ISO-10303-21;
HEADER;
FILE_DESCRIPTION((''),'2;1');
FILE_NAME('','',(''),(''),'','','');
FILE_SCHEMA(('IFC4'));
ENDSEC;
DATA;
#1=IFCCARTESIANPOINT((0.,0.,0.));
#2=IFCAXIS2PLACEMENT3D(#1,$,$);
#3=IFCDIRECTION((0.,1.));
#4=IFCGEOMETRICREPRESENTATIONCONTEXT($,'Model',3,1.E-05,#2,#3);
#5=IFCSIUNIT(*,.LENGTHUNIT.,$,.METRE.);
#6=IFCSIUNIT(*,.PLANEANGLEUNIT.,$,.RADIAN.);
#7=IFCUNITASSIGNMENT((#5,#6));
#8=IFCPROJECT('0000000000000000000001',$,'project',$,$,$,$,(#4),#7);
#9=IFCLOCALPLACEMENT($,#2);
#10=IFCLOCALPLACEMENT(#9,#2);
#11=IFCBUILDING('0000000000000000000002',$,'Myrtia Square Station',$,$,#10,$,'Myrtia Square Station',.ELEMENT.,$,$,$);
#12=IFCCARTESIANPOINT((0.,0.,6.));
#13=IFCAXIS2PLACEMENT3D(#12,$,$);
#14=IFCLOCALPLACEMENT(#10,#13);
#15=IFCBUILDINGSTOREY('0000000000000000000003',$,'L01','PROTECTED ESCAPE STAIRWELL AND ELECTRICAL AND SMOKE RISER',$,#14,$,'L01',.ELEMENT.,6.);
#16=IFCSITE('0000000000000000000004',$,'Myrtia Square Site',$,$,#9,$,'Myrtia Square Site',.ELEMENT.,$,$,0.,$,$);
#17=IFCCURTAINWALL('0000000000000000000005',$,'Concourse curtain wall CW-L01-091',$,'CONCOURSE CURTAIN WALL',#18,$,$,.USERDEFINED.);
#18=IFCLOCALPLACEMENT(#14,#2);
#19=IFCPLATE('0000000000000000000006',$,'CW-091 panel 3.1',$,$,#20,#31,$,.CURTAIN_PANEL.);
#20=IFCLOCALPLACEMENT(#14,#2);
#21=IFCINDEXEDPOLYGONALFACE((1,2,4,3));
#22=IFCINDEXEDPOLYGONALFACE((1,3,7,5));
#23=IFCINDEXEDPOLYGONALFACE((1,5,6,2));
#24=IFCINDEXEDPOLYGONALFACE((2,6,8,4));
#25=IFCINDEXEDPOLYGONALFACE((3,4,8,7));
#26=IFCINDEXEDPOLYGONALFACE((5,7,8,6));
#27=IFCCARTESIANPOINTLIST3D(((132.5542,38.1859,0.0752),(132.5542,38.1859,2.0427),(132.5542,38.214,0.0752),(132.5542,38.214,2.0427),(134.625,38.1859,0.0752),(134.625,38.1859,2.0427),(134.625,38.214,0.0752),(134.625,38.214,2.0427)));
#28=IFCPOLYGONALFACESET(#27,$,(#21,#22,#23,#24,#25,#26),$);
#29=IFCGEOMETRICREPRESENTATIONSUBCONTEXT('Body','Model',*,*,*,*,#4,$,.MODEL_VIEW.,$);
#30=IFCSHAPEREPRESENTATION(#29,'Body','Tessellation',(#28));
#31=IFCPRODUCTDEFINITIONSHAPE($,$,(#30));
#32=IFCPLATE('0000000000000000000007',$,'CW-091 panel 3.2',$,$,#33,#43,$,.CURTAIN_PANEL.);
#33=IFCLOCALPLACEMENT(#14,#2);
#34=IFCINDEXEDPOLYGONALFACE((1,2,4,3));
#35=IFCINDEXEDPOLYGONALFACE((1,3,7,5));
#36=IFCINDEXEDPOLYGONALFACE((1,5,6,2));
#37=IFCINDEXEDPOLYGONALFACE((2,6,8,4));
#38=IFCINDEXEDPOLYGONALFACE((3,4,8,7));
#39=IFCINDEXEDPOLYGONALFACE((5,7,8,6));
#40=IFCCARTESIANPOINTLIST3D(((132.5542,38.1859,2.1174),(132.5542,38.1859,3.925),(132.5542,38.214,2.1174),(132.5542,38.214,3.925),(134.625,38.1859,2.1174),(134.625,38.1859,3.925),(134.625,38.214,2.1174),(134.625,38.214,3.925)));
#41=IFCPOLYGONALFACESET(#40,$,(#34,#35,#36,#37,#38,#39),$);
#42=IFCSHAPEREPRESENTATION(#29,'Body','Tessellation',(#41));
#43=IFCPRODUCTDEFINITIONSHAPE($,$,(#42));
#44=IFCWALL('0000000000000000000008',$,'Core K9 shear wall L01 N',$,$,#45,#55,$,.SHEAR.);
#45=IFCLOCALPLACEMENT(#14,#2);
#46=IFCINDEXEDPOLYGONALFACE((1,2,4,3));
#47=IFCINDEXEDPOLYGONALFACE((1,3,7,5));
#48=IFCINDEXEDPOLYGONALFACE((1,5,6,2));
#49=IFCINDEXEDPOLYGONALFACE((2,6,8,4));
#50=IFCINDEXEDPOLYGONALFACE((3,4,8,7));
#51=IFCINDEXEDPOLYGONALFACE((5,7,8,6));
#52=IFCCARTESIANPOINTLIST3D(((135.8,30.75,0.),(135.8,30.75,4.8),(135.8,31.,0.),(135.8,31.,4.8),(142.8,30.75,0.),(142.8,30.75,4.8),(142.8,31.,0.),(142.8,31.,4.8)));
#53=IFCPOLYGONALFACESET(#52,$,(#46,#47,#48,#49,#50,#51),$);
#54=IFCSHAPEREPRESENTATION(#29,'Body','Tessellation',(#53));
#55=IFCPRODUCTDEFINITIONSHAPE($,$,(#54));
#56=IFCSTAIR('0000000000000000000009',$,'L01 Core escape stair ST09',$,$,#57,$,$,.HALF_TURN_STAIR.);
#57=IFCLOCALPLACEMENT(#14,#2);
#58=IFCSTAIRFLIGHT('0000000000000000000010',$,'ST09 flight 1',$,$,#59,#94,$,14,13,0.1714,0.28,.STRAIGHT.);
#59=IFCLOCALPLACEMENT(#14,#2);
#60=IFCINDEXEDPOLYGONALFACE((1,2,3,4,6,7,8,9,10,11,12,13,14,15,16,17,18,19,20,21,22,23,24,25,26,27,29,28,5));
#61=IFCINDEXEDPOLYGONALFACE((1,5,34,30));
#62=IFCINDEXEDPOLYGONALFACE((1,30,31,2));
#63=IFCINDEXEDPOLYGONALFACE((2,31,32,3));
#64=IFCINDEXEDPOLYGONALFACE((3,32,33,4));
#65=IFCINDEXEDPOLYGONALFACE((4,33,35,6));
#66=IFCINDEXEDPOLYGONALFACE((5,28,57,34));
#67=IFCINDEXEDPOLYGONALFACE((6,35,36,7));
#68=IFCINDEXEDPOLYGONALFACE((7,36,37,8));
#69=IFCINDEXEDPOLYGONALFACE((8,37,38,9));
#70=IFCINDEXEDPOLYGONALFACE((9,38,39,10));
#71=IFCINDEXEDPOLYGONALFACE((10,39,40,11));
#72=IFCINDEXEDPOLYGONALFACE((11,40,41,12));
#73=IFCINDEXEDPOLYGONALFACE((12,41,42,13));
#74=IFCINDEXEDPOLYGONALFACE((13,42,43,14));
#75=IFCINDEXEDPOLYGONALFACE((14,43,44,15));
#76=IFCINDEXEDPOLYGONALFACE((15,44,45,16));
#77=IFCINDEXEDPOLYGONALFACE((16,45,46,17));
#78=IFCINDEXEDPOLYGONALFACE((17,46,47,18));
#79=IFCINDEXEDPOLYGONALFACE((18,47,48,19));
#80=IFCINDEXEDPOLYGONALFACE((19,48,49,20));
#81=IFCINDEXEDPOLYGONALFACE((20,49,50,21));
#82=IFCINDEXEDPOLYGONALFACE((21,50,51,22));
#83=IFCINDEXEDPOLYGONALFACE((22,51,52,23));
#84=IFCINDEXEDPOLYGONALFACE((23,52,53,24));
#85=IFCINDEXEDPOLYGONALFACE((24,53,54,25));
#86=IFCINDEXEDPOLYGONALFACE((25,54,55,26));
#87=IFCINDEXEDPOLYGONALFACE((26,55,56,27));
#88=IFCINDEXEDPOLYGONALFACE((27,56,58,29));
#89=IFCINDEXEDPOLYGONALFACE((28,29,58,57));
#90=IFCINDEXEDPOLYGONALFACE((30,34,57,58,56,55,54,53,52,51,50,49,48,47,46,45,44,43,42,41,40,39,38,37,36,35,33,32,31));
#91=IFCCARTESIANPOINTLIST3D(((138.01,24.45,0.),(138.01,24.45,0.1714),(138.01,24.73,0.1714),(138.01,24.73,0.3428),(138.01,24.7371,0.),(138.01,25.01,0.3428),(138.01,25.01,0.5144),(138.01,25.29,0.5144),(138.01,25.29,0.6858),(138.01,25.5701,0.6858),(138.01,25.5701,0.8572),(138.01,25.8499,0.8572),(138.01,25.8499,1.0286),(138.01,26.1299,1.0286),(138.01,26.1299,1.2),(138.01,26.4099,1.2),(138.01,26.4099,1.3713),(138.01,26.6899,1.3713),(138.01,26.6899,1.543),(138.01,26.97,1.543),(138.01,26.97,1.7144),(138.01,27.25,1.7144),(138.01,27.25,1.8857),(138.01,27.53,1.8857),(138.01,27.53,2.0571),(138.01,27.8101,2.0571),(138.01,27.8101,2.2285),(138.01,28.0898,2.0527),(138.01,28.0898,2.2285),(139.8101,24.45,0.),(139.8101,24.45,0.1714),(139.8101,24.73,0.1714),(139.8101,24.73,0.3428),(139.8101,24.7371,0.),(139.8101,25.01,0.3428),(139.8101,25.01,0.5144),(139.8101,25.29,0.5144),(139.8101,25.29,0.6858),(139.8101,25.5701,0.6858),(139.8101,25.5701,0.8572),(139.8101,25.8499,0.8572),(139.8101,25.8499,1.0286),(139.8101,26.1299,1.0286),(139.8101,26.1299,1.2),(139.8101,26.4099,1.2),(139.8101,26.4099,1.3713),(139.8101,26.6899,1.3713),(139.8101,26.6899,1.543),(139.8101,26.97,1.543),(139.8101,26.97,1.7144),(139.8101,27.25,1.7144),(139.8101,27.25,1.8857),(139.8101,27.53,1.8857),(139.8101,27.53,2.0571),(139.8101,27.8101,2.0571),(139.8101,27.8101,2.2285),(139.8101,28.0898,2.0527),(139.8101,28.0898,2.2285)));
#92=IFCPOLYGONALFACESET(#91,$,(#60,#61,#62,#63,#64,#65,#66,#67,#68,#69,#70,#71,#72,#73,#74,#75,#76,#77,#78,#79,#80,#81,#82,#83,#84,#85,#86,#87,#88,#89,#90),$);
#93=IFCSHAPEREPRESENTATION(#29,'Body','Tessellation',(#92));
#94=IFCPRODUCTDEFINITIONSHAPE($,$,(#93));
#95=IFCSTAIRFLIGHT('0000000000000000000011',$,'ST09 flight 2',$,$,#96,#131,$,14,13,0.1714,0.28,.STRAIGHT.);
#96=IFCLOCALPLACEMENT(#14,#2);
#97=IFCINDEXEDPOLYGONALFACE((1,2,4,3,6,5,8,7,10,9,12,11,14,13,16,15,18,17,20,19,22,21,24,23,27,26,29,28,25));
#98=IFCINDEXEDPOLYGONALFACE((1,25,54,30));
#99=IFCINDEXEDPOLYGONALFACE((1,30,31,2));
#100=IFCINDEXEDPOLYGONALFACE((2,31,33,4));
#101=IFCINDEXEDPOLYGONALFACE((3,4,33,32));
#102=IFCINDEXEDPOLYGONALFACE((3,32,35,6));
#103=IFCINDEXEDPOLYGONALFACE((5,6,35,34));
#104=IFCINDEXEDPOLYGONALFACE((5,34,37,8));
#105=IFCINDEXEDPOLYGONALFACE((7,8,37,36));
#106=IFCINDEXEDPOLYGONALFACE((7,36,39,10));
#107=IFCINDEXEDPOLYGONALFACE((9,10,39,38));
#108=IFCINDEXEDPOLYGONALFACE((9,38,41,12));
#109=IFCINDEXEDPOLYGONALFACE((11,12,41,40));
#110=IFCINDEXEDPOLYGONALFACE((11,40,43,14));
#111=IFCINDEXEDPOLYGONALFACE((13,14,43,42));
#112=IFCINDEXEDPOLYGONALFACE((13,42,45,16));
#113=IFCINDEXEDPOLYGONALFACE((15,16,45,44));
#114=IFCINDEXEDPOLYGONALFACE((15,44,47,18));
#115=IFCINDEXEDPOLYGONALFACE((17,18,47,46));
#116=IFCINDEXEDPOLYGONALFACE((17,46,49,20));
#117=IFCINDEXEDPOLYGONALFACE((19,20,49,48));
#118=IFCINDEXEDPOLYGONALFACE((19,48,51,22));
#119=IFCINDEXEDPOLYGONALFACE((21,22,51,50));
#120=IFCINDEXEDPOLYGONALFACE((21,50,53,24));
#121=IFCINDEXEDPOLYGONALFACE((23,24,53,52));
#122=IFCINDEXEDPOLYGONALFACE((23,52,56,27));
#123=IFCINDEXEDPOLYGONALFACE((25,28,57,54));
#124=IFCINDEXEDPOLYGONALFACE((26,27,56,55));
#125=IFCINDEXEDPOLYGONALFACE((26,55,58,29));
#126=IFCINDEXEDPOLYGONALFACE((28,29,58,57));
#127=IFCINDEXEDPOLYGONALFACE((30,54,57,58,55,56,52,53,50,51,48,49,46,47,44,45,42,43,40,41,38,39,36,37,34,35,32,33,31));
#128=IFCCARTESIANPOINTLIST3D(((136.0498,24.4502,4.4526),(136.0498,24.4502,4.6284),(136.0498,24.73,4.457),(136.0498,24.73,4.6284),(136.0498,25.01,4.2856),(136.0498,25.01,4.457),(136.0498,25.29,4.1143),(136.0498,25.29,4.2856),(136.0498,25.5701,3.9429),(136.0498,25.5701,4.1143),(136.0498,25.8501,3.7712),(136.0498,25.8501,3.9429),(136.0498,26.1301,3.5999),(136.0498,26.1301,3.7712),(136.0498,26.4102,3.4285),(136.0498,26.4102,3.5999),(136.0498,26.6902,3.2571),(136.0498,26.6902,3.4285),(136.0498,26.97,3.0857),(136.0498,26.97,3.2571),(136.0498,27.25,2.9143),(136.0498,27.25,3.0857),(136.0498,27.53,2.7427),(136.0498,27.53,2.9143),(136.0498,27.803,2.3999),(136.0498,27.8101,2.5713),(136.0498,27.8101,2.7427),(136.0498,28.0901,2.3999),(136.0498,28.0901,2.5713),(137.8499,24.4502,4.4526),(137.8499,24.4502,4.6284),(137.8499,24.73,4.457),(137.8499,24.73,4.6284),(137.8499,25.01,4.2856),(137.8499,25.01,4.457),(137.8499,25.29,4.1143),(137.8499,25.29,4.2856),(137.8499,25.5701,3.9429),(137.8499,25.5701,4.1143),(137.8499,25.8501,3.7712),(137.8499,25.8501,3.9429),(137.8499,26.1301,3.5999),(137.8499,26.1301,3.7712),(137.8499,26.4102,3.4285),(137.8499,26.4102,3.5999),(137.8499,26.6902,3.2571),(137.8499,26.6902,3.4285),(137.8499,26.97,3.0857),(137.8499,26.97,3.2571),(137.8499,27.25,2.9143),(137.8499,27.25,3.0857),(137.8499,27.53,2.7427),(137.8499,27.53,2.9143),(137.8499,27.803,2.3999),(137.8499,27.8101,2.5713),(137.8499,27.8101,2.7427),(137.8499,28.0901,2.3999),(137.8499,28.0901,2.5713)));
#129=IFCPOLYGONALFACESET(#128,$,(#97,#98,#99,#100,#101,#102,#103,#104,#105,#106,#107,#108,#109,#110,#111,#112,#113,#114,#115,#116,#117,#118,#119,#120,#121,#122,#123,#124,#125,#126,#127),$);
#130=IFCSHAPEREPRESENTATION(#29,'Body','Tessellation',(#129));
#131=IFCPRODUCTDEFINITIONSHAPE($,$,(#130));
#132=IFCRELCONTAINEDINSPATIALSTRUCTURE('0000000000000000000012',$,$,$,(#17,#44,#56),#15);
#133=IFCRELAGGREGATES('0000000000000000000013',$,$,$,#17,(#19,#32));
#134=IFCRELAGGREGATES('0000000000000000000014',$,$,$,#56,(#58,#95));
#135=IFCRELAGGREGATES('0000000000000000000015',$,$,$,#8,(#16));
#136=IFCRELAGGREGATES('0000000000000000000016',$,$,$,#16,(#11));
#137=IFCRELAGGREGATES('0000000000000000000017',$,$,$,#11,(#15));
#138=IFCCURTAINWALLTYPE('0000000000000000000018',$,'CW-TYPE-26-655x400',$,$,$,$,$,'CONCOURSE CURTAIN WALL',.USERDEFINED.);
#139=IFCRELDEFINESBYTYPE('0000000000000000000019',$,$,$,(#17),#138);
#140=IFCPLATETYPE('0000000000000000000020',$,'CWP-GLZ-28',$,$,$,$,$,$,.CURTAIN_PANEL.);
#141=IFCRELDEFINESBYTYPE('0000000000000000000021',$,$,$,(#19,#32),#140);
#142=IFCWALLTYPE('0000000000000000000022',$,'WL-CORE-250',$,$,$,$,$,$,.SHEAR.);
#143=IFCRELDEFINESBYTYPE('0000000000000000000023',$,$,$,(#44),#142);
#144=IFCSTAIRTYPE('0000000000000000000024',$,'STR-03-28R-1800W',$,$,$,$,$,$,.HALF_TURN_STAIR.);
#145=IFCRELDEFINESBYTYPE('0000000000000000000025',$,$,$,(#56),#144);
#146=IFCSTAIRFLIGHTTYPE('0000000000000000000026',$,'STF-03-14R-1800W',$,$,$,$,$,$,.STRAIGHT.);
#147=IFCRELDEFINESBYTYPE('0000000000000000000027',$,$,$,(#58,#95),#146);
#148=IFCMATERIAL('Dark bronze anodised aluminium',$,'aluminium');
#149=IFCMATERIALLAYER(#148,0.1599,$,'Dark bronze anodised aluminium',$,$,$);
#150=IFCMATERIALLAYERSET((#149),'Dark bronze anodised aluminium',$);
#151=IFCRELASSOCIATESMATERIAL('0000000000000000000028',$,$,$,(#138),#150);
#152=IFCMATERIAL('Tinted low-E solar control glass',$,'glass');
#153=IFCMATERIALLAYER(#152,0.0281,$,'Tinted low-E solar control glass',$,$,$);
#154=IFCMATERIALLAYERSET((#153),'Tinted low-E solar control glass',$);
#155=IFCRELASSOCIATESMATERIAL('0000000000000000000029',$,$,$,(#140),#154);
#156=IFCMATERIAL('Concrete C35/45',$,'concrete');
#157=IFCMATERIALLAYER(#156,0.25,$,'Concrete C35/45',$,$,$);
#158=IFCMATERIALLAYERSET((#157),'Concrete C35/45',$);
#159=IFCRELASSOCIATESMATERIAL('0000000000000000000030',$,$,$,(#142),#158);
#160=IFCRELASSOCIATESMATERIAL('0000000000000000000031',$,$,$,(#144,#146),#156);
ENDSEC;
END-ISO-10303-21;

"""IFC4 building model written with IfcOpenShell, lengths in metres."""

from ifc_helpers import new_model, si_unit, direction, frame, frame_2d, origin, origin_2d, place, context, subcontext, project, spatial, polyline, rectangle, outline, extrude, material, layer, layer_set, type_object, element, aggregate, save


model = new_model("IFC4")

# Units and contexts
model_context = context("Model", 3, precision=1e-05, world=origin(), true_north=direction((0.0, 1.0)))
body_context = subcontext(model_context, "Body", "Model", "MODEL_VIEW")
ifc_project = project(units=[si_unit("LENGTHUNIT", "METRE"), si_unit("PLANEANGLEUNIT", "RADIAN")], contexts=[model_context])

# Site, building, storey
site_placement = place(None, origin())
site = spatial("IfcSite", under=ifc_project, at=site_placement, Name="Myrtia Square Site", LongName="Myrtia Square Site", CompositionType="ELEMENT", RefElevation=0.0)
building_placement = place(site_placement, origin())
building = spatial("IfcBuilding", under=site, at=building_placement, Name="Myrtia Square Station", LongName="Myrtia Square Station", CompositionType="ELEMENT")
storey_placement = place(building_placement, frame((0.0, 0.0, 6.0)))
storey = spatial("IfcBuildingStorey", under=building, at=storey_placement, Name="L01", Description="PROTECTED ESCAPE STAIRWELL AND ELECTRICAL AND SMOKE RISER", LongName="L01", CompositionType="ELEMENT", Elevation=6.0)

# Curtain wall
ifc_material_1 = material(Name="Dark bronze anodised aluminium", Category="aluminium")
ifc_layer_1 = layer(ifc_material_1, 0.1599, Name="Dark bronze anodised aluminium")
ifc_layer_set_1 = layer_set([ifc_layer_1], Name="Dark bronze anodised aluminium")
curtain_wall_type = type_object("IfcCurtainWallType", Name="CW-TYPE-26-655x400", ElementType="CONCOURSE CURTAIN WALL", PredefinedType="USERDEFINED", material=ifc_layer_set_1)
curtain_wall_1_placement = place(storey_placement, origin())
curtain_wall_1 = element("IfcCurtainWall", 1, at=curtain_wall_1_placement, inside=storey, type_object=curtain_wall_type, Name="Concourse curtain wall CW-L01-091", ObjectType="CONCOURSE CURTAIN WALL", PredefinedType="USERDEFINED")

# Plates
ifc_material_2 = material(Name="Tinted low-E solar control glass", Category="glass")
ifc_layer_2 = layer(ifc_material_2, 0.0281, Name="Tinted low-E solar control glass")
ifc_layer_set_2 = layer_set([ifc_layer_2], Name="Tinted low-E solar control glass")
plate_type = type_object("IfcPlateType", Name="CWP-GLZ-28", PredefinedType="CURTAIN_PANEL", material=ifc_layer_set_2)
plate_1_placement = place(storey_placement, frame((133.5896, 38.2, 0.0752), z_axis=(0.0, 0.0, 1.0), x_axis=(1.0, 0.0, 0.0)))
plate_1 = element("IfcPlate", 2, at=plate_1_placement, type_object=plate_type, Name="CW-091 panel 3.1", PredefinedType="CURTAIN_PANEL", context=body_context, shape_type="SweptSolid", body=[
    extrude(rectangle(XDim=2.0708, YDim=0.0281, at=origin_2d()), origin(), (0.0, 0.0, 1.0), 1.9675),
])
plate_2_placement = place(storey_placement, frame((133.5896, 38.2, 2.1174), z_axis=(0.0, 0.0, 1.0), x_axis=(1.0, 0.0, 0.0)))
plate_2 = element("IfcPlate", 3, at=plate_2_placement, type_object=plate_type, Name="CW-091 panel 3.2", PredefinedType="CURTAIN_PANEL", context=body_context, shape_type="SweptSolid", body=[
    extrude(rectangle(XDim=2.0708, YDim=0.0281, at=origin_2d()), origin(), (0.0, 0.0, 1.0), 1.8076),
])
aggregate(curtain_wall_1, [plate_1, plate_2])

# Wall
ifc_material_3 = material(Name="Concrete C35/45", Category="concrete")
ifc_layer_3 = layer(ifc_material_3, 0.25, Name="Concrete C35/45")
ifc_layer_set_3 = layer_set([ifc_layer_3], Name="Concrete C35/45")
wall_type = type_object("IfcWallType", Name="WL-CORE-250", PredefinedType="SHEAR", material=ifc_layer_set_3)
wall_placement = place(storey_placement, frame((135.8, 30.875, 0.0), z_axis=(0.0, 0.0, 1.0), x_axis=(1.0, 0.0, 0.0)))
element("IfcWall", 4, at=wall_placement, inside=storey, type_object=wall_type, Name="Core K9 shear wall L01 N", PredefinedType="SHEAR", context=body_context, shape_type="SweptSolid", body=[
    extrude(rectangle(XDim=7.0, YDim=0.25, at=frame_2d((3.5, 0.0))), origin(), (0.0, 0.0, 1.0), 4.8),
])

# Stair, stair flights
stair_type = type_object("IfcStairType", Name="STR-03-28R-1800W", PredefinedType="HALF_TURN_STAIR", material=ifc_material_3)
stair_placement = place(storey_placement, origin())
stair = element("IfcStair", 5, at=stair_placement, inside=storey, type_object=stair_type, Name="L01 Core escape stair ST09", PredefinedType="HALF_TURN_STAIR")
stair_flight_type = type_object("IfcStairFlightType", Name="STF-03-14R-1800W", PredefinedType="STRAIGHT", material=ifc_material_3)
stair_flight_1_placement = place(storey_placement, frame((138.9099, 24.45, 0.0), z_axis=(0.0, 0.0, 1.0), x_axis=(0.0, 1.0, 0.0)))
stair_flight_1 = element("IfcStairFlight", 6, at=stair_flight_1_placement, type_object=stair_flight_type, Name="ST09 flight 1", NumberOfRisers=14, NumberOfTreads=13, PredefinedType="STRAIGHT", RiserHeight=0.1714, TreadLength=0.28, context=body_context, shape_type="SweptSolid", body=[
    extrude(outline(polyline([(0.0, 0.0), (0.0, 0.1714), (0.28, 0.1714), (0.28, 0.3428), (0.5601, 0.3428), (0.5601, 0.5144), (0.8401, 0.5144), (0.8401, 0.6858), (1.1201, 0.6858), (1.1201, 0.8572), (1.3999, 0.8572), (1.3999, 1.0286), (1.6799, 1.0286), (1.6799, 1.2), (1.96, 1.2), (1.96, 1.3713), (2.24, 1.3713), (2.24, 1.543), (2.52, 1.543), (2.52, 1.7144), (2.8, 1.7144), (2.8, 1.8857), (3.0801, 1.8857), (3.0801, 2.0571), (3.3601, 2.0571), (3.3601, 2.2285), (3.6399, 2.2285), (3.6399, 2.3999), (3.6399, 2.0527), (0.2871, 0.0), (0.0, 0.0)])), frame((0.0, 0.8999, 0.0), z_axis=(0.0, -1.0, 0.0), x_axis=(1.0, 0.0, 0.0)), (0.0, 0.0, 1.0), 1.8),
])
stair_flight_2_placement = place(storey_placement, frame((136.95, 28.0901, 2.3999), z_axis=(0.0, 0.0, 1.0), x_axis=(0.0, -1.0, 0.0)))
stair_flight_2 = element("IfcStairFlight", 7, at=stair_flight_2_placement, type_object=stair_flight_type, Name="ST09 flight 2", NumberOfRisers=14, NumberOfTreads=13, PredefinedType="STRAIGHT", RiserHeight=0.1714, TreadLength=0.28, context=body_context, shape_type="SweptSolid", body=[
    extrude(outline(polyline([(0.0, 0.0), (0.0, 0.1714), (0.28, 0.1714), (0.28, 0.3428), (0.5601, 0.3428), (0.5601, 0.5144), (0.8401, 0.5144), (0.8401, 0.6858), (1.1201, 0.6858), (1.1201, 0.8572), (1.3999, 0.8572), (1.3999, 1.0286), (1.6799, 1.0286), (1.6799, 1.2), (1.96, 1.2), (1.96, 1.3713), (2.24, 1.3713), (2.24, 1.543), (2.52, 1.543), (2.52, 1.7144), (2.8, 1.7144), (2.8, 1.8857), (3.0801, 1.8857), (3.0801, 2.0571), (3.3601, 2.0571), (3.3601, 2.2285), (3.6399, 2.2285), (3.6399, 2.3999), (3.6399, 2.0527), (0.2871, 0.0), (0.0, 0.0)])), frame((0.0, 0.8999, 0.0), z_axis=(0.0, -1.0, 0.0), x_axis=(1.0, 0.0, 0.0)), (0.0, 0.0, 1.0), 1.8),
])
aggregate(stair, [stair_flight_1, stair_flight_2])

save(model, "model.ifc")
